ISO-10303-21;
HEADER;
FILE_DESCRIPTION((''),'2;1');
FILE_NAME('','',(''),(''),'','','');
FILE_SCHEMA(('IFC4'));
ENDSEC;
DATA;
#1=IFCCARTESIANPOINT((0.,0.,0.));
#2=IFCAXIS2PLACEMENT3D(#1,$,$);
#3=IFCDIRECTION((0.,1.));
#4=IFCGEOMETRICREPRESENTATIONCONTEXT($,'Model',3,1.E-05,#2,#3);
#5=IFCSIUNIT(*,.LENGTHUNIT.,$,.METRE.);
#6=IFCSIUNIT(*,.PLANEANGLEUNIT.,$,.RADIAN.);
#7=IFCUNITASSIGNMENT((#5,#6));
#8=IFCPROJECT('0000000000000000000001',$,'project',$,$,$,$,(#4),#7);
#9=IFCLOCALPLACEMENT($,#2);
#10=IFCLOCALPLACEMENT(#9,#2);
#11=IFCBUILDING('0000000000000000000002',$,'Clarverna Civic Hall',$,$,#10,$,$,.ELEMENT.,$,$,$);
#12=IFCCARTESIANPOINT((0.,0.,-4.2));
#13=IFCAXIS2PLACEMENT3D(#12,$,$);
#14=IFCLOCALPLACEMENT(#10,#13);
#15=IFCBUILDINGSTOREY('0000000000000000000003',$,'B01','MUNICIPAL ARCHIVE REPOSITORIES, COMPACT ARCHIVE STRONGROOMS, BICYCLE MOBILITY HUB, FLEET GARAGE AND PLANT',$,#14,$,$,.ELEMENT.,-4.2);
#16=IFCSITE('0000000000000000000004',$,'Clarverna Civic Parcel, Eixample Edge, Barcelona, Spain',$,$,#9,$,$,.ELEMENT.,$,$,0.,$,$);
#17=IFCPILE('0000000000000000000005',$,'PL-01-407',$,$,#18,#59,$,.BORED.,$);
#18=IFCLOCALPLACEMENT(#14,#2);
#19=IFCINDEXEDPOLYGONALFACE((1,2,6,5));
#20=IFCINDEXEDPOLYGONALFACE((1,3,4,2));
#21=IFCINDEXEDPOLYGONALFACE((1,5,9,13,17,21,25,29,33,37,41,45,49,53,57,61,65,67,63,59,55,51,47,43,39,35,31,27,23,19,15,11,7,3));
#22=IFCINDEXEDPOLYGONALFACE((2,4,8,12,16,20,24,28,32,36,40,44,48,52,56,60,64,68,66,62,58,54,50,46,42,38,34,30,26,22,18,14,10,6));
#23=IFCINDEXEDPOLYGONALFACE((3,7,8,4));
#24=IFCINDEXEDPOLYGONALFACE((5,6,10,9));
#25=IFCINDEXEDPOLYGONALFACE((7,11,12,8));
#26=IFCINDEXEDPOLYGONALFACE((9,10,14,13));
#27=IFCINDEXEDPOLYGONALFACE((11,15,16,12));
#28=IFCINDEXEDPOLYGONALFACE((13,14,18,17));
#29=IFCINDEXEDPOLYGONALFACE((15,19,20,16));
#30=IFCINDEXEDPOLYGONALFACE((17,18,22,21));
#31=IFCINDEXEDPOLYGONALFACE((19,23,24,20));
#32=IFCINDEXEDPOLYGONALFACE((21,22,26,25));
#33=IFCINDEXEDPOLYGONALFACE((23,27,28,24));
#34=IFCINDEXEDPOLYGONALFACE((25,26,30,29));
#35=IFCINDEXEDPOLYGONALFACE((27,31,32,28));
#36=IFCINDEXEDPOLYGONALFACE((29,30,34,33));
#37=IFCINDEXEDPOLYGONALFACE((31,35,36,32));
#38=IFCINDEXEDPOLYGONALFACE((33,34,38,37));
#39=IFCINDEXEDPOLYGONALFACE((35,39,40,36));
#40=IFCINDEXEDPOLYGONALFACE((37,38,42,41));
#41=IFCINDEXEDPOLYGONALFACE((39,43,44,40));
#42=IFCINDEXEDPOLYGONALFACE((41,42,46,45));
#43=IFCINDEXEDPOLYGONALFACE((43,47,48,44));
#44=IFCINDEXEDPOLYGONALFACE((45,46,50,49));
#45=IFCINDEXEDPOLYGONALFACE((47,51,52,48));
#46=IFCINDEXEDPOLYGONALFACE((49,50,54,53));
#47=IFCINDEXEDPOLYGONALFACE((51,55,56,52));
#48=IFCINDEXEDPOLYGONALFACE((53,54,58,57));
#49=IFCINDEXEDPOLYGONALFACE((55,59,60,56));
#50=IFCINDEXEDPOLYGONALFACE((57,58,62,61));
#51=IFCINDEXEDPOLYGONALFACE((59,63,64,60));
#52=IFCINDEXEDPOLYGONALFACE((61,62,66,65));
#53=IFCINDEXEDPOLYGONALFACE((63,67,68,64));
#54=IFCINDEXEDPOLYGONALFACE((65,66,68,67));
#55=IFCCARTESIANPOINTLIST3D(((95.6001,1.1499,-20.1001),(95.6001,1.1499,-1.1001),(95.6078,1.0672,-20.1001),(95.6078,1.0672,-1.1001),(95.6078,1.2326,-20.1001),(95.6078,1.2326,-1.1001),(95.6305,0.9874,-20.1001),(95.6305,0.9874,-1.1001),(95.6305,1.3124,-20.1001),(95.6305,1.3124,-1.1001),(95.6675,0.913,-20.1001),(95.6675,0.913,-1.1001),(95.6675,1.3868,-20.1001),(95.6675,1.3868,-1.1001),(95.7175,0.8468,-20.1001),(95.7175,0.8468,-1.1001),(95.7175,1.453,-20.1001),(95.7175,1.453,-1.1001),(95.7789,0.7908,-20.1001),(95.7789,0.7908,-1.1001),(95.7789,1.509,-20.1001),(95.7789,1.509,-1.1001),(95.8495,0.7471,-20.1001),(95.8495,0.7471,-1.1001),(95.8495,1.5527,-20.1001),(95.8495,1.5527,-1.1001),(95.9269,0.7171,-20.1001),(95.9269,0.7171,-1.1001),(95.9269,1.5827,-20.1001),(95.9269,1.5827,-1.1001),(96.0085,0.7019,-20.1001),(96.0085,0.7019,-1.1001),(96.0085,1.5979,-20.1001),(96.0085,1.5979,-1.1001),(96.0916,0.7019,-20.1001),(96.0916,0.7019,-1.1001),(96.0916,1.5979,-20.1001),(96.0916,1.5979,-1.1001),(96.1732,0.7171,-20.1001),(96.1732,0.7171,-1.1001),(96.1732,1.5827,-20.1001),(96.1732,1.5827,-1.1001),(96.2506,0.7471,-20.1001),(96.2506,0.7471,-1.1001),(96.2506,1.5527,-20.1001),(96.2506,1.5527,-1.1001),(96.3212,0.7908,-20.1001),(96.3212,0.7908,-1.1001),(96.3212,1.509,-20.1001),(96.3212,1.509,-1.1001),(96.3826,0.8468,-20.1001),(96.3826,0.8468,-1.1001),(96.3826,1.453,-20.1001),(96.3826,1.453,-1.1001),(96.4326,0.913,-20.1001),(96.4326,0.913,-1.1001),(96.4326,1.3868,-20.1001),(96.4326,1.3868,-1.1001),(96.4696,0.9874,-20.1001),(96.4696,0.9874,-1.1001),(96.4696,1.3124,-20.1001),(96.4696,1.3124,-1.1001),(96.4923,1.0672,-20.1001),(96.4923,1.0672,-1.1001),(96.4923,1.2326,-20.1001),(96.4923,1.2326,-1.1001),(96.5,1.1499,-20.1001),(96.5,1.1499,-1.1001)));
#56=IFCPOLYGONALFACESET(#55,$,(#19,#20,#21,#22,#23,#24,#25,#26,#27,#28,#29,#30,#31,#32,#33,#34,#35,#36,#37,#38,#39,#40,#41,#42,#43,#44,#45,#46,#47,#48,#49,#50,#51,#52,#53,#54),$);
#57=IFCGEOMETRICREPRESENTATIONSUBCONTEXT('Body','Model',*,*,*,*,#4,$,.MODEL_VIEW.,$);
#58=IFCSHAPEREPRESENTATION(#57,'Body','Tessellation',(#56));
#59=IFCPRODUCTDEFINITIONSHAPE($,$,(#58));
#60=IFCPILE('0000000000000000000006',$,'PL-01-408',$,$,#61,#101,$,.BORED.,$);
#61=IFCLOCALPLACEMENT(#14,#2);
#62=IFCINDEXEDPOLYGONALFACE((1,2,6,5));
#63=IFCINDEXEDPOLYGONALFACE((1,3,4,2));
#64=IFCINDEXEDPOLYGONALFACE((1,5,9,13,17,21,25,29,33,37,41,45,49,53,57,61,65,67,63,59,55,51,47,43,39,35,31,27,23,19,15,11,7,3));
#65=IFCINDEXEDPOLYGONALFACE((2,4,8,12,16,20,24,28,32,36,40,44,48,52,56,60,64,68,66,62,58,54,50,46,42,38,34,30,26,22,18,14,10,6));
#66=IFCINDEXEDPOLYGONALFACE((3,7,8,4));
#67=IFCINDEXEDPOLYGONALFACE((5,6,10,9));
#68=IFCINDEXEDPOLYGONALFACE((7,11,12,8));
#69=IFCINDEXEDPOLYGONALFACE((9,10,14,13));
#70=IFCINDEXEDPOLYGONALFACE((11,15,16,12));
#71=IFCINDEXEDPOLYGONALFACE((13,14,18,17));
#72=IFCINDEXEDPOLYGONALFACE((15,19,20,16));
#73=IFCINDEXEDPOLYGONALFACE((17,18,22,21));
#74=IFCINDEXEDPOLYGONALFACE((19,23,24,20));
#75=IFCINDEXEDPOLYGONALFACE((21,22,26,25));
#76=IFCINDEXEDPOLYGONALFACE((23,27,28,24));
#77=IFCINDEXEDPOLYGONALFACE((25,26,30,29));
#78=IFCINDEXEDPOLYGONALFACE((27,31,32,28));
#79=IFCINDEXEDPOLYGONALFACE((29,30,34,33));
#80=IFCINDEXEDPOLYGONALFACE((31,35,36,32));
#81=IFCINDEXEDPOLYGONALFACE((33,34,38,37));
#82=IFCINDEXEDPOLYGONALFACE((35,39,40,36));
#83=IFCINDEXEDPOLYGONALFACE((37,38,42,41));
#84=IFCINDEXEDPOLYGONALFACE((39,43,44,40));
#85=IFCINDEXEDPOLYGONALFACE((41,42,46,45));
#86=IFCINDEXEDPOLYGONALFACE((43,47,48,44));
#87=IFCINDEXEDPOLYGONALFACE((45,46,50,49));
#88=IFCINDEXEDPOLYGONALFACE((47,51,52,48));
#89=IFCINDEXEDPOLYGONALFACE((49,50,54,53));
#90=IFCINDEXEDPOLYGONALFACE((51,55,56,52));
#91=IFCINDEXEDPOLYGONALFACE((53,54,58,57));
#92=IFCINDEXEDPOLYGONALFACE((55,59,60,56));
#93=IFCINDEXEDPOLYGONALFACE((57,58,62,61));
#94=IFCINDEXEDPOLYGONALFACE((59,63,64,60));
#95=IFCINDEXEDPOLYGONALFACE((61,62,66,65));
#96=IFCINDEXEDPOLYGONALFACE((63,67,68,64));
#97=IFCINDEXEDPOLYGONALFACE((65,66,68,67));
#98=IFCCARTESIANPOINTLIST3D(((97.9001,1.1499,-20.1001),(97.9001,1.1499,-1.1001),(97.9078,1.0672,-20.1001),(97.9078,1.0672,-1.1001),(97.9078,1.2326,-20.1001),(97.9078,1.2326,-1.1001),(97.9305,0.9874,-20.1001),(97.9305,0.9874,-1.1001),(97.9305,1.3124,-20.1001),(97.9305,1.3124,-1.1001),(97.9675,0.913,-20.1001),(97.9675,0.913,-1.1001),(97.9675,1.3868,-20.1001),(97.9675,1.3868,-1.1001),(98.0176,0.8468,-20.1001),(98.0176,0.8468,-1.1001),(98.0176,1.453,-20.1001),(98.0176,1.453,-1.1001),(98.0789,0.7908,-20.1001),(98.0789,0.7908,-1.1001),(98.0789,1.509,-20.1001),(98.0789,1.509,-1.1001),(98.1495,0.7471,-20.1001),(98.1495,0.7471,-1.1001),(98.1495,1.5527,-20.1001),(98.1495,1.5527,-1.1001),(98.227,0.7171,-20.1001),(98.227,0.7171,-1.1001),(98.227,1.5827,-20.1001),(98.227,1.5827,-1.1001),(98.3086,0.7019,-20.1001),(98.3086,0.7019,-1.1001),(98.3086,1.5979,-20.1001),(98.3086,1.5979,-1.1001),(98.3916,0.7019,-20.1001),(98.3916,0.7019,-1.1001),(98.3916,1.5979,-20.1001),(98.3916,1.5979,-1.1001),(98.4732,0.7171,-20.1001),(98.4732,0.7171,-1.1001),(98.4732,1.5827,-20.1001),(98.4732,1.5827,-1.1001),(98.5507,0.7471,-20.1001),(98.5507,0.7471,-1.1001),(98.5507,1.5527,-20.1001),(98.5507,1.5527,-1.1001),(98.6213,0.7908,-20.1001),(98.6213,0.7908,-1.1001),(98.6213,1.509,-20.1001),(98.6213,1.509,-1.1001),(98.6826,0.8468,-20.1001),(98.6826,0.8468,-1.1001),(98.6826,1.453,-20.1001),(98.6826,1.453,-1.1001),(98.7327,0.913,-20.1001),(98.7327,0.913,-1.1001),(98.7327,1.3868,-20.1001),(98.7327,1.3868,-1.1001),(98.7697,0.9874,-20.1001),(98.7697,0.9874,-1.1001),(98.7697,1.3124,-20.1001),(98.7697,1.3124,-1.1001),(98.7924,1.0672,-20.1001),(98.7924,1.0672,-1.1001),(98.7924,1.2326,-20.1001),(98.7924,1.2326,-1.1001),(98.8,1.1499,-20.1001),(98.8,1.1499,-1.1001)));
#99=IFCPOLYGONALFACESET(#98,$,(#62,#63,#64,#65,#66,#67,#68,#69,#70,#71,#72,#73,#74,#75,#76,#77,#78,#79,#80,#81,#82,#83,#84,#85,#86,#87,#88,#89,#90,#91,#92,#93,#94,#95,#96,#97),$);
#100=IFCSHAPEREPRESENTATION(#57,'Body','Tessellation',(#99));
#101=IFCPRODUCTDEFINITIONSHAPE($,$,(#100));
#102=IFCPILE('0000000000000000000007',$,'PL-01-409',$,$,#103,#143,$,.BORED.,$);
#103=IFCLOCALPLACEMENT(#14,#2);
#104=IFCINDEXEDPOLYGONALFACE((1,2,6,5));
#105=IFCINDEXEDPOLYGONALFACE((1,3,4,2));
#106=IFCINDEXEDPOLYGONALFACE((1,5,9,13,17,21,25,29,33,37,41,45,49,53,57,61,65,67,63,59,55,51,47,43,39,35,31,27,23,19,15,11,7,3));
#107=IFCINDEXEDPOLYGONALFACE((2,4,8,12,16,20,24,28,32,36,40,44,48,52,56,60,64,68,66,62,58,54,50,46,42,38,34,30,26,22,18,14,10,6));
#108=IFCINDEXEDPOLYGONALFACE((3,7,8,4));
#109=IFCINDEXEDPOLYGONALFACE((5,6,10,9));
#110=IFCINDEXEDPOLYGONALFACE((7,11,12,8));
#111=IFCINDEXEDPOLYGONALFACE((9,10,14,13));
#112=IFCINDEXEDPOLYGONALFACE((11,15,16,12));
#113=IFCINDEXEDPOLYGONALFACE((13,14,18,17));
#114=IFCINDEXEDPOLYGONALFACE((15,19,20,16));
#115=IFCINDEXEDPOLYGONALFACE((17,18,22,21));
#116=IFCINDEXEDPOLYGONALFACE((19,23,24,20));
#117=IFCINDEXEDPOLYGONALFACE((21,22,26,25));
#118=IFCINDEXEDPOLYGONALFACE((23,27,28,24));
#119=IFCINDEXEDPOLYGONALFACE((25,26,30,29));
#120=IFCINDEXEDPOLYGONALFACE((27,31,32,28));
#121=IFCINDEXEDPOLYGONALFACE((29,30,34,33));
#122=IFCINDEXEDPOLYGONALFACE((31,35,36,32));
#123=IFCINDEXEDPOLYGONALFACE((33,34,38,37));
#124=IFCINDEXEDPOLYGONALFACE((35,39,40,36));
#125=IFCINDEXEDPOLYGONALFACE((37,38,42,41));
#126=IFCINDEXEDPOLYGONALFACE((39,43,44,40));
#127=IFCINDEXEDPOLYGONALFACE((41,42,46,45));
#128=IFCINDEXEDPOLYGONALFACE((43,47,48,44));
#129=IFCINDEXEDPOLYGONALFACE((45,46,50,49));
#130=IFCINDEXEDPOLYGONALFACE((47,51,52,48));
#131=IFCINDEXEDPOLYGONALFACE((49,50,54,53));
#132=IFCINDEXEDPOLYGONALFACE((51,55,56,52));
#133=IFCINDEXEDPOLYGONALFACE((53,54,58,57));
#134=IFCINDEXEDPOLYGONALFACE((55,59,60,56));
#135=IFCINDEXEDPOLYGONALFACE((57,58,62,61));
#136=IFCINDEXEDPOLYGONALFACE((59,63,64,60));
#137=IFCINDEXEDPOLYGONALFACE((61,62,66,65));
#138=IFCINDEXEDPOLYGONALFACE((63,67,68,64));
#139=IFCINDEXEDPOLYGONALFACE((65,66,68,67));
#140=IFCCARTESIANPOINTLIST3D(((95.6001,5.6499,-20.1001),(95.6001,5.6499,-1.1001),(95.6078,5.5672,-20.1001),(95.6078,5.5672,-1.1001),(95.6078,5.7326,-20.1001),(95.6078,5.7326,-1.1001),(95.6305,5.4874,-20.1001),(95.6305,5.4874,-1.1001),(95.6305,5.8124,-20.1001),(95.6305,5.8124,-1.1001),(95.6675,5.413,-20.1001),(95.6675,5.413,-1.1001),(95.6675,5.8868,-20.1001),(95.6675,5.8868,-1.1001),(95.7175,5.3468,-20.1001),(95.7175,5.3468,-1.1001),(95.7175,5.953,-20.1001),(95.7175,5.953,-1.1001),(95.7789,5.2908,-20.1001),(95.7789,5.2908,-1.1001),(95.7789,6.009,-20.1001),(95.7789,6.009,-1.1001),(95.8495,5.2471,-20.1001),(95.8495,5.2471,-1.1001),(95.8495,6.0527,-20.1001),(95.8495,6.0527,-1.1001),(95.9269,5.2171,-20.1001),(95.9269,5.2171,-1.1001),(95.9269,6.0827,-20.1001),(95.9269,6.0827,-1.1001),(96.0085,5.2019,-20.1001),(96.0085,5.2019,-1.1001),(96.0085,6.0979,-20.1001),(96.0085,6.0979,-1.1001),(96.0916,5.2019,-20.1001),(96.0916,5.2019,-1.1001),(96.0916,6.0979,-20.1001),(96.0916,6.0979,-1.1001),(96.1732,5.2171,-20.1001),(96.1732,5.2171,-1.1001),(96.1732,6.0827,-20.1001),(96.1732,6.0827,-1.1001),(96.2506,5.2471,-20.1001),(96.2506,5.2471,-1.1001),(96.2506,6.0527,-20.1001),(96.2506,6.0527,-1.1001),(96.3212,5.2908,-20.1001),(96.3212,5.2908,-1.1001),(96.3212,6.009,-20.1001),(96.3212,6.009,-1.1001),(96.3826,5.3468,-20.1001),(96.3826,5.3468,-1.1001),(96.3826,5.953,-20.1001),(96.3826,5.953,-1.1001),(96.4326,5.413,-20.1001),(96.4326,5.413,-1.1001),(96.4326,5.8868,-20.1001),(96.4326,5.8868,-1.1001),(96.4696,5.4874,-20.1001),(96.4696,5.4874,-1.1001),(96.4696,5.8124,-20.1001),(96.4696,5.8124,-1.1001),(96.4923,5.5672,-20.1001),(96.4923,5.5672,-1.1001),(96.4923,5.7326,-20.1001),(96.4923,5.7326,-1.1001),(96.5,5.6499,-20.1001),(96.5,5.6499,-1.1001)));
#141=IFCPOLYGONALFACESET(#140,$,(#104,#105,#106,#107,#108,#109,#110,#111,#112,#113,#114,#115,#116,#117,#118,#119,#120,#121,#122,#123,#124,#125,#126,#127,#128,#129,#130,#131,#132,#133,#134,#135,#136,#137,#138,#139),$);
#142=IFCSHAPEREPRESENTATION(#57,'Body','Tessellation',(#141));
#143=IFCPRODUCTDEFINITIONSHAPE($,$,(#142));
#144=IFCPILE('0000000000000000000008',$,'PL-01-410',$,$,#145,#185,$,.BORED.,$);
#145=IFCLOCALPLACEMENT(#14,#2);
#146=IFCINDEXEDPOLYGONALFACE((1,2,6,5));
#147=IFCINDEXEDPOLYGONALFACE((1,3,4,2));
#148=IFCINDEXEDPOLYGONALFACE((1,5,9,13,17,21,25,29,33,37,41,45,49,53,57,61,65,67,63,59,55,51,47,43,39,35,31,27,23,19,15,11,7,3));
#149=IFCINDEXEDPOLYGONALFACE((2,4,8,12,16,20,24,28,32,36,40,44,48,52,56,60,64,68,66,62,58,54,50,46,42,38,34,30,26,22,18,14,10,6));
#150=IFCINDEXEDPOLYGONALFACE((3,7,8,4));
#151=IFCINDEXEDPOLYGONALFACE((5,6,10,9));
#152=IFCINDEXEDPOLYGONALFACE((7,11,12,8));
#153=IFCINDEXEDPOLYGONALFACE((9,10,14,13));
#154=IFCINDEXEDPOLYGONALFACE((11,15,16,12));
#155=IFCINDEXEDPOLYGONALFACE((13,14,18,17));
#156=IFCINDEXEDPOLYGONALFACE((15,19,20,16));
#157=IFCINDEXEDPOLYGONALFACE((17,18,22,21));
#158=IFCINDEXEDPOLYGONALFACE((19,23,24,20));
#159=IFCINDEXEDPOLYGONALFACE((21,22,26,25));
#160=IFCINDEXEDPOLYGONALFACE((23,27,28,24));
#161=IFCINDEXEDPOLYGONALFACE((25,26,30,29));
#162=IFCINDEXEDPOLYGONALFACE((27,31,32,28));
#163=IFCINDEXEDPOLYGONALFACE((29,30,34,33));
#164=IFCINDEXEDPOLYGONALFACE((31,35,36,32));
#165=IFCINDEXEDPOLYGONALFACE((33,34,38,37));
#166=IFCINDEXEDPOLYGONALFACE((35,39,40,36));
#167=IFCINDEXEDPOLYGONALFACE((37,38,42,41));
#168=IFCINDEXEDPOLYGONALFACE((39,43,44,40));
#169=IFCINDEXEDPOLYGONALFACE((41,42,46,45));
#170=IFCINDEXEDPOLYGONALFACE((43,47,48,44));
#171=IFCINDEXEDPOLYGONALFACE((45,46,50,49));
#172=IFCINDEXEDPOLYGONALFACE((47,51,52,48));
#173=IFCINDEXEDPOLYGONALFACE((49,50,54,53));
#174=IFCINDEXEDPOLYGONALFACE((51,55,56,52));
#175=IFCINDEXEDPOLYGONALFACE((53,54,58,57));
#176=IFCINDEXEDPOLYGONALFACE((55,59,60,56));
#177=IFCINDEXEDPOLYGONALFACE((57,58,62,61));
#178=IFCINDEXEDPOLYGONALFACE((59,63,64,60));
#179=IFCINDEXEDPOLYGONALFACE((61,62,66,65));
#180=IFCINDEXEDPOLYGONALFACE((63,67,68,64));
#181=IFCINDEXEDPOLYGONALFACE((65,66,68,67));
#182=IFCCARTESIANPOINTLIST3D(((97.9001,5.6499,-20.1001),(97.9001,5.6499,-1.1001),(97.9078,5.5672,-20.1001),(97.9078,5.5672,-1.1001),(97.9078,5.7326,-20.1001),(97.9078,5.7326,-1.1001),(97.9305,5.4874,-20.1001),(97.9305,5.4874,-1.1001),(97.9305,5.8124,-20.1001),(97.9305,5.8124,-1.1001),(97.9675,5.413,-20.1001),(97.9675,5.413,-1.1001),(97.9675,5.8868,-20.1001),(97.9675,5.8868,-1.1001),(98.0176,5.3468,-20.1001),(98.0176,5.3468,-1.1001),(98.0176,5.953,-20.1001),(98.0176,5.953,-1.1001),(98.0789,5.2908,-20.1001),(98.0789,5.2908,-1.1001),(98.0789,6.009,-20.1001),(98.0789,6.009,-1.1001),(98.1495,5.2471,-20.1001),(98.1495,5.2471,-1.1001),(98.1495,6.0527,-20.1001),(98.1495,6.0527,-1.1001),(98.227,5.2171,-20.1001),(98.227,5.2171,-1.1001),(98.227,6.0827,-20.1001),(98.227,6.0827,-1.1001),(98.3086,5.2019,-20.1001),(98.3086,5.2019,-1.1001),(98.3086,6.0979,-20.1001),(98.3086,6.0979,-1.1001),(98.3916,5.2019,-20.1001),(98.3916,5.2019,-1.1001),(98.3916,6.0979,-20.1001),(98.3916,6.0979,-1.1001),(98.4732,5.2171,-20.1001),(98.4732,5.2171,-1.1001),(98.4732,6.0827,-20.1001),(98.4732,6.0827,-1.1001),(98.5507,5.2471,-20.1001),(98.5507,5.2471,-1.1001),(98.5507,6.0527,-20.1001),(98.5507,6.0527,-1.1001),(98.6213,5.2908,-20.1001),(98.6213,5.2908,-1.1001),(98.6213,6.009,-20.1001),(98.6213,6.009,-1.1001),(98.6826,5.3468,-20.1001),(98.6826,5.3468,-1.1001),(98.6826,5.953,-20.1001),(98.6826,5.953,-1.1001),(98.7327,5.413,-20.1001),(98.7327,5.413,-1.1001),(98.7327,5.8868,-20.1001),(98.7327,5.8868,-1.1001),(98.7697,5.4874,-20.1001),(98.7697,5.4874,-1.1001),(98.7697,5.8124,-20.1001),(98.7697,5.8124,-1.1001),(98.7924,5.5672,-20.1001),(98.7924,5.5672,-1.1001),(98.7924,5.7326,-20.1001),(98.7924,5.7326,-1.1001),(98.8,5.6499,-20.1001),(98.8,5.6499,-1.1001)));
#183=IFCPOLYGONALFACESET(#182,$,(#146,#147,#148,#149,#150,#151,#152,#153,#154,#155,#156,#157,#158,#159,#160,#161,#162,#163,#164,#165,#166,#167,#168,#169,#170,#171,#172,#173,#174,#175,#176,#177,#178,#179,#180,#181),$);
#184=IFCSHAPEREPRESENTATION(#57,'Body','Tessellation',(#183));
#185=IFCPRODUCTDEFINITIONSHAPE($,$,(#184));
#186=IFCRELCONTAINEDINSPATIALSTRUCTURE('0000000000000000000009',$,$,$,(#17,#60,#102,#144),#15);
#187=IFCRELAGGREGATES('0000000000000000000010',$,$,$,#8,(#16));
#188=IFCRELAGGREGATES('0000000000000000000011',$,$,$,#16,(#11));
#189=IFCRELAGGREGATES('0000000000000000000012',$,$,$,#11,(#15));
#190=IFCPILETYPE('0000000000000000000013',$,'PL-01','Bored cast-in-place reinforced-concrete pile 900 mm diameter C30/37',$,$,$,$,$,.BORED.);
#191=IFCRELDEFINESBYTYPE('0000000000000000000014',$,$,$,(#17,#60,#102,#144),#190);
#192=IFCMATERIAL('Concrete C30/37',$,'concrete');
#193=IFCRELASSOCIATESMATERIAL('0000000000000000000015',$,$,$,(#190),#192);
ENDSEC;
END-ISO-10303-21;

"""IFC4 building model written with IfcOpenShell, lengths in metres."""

from ifc_helpers import new_model, si_unit, direction, frame, origin, origin_2d, place, context, subcontext, project, spatial, circle, extrude, material, material_profile, profile_set, type_object, element, save


model = new_model("IFC4")

# Units and contexts
model_context = context("Model", 3, precision=1e-05, world=origin(), true_north=direction((0.0, 1.0)))
body_context = subcontext(model_context, "Body", "Model", "MODEL_VIEW")
ifc_project = project(units=[si_unit("LENGTHUNIT", "METRE"), si_unit("PLANEANGLEUNIT", "RADIAN")], contexts=[model_context])

# Site, building, storey
site_placement = place(None, origin())
site = spatial("IfcSite", under=ifc_project, at=site_placement, Name="Clarverna Civic Parcel, Eixample Edge, Barcelona, Spain", CompositionType="ELEMENT", RefElevation=0.0)
building_placement = place(site_placement, origin())
building = spatial("IfcBuilding", under=site, at=building_placement, Name="Clarverna Civic Hall", CompositionType="ELEMENT")
storey_placement = place(building_placement, frame((0.0, 0.0, -4.2)))
storey = spatial("IfcBuildingStorey", under=building, at=storey_placement, Name="B01", Description="MUNICIPAL ARCHIVE REPOSITORIES, COMPACT ARCHIVE STRONGROOMS, BICYCLE MOBILITY HUB, FLEET GARAGE AND PLANT", CompositionType="ELEMENT", Elevation=-4.2)

# Shared definitions
ifc_material_1 = material(Name="Concrete C30/37", Category="concrete")

# Piles
ifc_material_profile_1 = material_profile(ifc_material_1, circle(Radius=0.45, at=origin_2d()), Name="BORED PILE D900")
ifc_profile_set_1 = profile_set([ifc_material_profile_1], Name="Concrete C30/37")
pile_type = type_object("IfcPileType", Name="PL-01", Description="Bored cast-in-place reinforced-concrete pile 900 mm diameter C30/37", PredefinedType="BORED", material=ifc_profile_set_1)
for number, where, z_axis, x_axis, name in (
    (1, (96.05, 1.1499, -1.1001), (0.0, 0.0, -1.0), (1.0, 0.0, 0.0), "PL-01-407"),
    (2, (98.3501, 1.1499, -1.1001), (0.0, 0.0, -1.0), (1.0, 0.0, 0.0), "PL-01-408"),
    (3, (96.05, 5.6499, -1.1001), (0.0, 0.0, -1.0), (1.0, 0.0, 0.0), "PL-01-409"),
    (4, (98.3501, 5.6499, -1.1001), (0.0, 0.0, -1.0), (1.0, 0.0, 0.0), "PL-01-410"),
):
    element("IfcPile", number, at=place(storey_placement, frame(where, z_axis=z_axis, x_axis=x_axis)), inside=storey, type_object=pile_type, Name=name, PredefinedType="BORED", context=body_context, shape_type="SweptSolid", body=[
        extrude(circle(Radius=0.45, at=origin_2d()), origin(), (0.0, 0.0, 1.0), 19.0),
    ])

save(model, "model.ifc")
